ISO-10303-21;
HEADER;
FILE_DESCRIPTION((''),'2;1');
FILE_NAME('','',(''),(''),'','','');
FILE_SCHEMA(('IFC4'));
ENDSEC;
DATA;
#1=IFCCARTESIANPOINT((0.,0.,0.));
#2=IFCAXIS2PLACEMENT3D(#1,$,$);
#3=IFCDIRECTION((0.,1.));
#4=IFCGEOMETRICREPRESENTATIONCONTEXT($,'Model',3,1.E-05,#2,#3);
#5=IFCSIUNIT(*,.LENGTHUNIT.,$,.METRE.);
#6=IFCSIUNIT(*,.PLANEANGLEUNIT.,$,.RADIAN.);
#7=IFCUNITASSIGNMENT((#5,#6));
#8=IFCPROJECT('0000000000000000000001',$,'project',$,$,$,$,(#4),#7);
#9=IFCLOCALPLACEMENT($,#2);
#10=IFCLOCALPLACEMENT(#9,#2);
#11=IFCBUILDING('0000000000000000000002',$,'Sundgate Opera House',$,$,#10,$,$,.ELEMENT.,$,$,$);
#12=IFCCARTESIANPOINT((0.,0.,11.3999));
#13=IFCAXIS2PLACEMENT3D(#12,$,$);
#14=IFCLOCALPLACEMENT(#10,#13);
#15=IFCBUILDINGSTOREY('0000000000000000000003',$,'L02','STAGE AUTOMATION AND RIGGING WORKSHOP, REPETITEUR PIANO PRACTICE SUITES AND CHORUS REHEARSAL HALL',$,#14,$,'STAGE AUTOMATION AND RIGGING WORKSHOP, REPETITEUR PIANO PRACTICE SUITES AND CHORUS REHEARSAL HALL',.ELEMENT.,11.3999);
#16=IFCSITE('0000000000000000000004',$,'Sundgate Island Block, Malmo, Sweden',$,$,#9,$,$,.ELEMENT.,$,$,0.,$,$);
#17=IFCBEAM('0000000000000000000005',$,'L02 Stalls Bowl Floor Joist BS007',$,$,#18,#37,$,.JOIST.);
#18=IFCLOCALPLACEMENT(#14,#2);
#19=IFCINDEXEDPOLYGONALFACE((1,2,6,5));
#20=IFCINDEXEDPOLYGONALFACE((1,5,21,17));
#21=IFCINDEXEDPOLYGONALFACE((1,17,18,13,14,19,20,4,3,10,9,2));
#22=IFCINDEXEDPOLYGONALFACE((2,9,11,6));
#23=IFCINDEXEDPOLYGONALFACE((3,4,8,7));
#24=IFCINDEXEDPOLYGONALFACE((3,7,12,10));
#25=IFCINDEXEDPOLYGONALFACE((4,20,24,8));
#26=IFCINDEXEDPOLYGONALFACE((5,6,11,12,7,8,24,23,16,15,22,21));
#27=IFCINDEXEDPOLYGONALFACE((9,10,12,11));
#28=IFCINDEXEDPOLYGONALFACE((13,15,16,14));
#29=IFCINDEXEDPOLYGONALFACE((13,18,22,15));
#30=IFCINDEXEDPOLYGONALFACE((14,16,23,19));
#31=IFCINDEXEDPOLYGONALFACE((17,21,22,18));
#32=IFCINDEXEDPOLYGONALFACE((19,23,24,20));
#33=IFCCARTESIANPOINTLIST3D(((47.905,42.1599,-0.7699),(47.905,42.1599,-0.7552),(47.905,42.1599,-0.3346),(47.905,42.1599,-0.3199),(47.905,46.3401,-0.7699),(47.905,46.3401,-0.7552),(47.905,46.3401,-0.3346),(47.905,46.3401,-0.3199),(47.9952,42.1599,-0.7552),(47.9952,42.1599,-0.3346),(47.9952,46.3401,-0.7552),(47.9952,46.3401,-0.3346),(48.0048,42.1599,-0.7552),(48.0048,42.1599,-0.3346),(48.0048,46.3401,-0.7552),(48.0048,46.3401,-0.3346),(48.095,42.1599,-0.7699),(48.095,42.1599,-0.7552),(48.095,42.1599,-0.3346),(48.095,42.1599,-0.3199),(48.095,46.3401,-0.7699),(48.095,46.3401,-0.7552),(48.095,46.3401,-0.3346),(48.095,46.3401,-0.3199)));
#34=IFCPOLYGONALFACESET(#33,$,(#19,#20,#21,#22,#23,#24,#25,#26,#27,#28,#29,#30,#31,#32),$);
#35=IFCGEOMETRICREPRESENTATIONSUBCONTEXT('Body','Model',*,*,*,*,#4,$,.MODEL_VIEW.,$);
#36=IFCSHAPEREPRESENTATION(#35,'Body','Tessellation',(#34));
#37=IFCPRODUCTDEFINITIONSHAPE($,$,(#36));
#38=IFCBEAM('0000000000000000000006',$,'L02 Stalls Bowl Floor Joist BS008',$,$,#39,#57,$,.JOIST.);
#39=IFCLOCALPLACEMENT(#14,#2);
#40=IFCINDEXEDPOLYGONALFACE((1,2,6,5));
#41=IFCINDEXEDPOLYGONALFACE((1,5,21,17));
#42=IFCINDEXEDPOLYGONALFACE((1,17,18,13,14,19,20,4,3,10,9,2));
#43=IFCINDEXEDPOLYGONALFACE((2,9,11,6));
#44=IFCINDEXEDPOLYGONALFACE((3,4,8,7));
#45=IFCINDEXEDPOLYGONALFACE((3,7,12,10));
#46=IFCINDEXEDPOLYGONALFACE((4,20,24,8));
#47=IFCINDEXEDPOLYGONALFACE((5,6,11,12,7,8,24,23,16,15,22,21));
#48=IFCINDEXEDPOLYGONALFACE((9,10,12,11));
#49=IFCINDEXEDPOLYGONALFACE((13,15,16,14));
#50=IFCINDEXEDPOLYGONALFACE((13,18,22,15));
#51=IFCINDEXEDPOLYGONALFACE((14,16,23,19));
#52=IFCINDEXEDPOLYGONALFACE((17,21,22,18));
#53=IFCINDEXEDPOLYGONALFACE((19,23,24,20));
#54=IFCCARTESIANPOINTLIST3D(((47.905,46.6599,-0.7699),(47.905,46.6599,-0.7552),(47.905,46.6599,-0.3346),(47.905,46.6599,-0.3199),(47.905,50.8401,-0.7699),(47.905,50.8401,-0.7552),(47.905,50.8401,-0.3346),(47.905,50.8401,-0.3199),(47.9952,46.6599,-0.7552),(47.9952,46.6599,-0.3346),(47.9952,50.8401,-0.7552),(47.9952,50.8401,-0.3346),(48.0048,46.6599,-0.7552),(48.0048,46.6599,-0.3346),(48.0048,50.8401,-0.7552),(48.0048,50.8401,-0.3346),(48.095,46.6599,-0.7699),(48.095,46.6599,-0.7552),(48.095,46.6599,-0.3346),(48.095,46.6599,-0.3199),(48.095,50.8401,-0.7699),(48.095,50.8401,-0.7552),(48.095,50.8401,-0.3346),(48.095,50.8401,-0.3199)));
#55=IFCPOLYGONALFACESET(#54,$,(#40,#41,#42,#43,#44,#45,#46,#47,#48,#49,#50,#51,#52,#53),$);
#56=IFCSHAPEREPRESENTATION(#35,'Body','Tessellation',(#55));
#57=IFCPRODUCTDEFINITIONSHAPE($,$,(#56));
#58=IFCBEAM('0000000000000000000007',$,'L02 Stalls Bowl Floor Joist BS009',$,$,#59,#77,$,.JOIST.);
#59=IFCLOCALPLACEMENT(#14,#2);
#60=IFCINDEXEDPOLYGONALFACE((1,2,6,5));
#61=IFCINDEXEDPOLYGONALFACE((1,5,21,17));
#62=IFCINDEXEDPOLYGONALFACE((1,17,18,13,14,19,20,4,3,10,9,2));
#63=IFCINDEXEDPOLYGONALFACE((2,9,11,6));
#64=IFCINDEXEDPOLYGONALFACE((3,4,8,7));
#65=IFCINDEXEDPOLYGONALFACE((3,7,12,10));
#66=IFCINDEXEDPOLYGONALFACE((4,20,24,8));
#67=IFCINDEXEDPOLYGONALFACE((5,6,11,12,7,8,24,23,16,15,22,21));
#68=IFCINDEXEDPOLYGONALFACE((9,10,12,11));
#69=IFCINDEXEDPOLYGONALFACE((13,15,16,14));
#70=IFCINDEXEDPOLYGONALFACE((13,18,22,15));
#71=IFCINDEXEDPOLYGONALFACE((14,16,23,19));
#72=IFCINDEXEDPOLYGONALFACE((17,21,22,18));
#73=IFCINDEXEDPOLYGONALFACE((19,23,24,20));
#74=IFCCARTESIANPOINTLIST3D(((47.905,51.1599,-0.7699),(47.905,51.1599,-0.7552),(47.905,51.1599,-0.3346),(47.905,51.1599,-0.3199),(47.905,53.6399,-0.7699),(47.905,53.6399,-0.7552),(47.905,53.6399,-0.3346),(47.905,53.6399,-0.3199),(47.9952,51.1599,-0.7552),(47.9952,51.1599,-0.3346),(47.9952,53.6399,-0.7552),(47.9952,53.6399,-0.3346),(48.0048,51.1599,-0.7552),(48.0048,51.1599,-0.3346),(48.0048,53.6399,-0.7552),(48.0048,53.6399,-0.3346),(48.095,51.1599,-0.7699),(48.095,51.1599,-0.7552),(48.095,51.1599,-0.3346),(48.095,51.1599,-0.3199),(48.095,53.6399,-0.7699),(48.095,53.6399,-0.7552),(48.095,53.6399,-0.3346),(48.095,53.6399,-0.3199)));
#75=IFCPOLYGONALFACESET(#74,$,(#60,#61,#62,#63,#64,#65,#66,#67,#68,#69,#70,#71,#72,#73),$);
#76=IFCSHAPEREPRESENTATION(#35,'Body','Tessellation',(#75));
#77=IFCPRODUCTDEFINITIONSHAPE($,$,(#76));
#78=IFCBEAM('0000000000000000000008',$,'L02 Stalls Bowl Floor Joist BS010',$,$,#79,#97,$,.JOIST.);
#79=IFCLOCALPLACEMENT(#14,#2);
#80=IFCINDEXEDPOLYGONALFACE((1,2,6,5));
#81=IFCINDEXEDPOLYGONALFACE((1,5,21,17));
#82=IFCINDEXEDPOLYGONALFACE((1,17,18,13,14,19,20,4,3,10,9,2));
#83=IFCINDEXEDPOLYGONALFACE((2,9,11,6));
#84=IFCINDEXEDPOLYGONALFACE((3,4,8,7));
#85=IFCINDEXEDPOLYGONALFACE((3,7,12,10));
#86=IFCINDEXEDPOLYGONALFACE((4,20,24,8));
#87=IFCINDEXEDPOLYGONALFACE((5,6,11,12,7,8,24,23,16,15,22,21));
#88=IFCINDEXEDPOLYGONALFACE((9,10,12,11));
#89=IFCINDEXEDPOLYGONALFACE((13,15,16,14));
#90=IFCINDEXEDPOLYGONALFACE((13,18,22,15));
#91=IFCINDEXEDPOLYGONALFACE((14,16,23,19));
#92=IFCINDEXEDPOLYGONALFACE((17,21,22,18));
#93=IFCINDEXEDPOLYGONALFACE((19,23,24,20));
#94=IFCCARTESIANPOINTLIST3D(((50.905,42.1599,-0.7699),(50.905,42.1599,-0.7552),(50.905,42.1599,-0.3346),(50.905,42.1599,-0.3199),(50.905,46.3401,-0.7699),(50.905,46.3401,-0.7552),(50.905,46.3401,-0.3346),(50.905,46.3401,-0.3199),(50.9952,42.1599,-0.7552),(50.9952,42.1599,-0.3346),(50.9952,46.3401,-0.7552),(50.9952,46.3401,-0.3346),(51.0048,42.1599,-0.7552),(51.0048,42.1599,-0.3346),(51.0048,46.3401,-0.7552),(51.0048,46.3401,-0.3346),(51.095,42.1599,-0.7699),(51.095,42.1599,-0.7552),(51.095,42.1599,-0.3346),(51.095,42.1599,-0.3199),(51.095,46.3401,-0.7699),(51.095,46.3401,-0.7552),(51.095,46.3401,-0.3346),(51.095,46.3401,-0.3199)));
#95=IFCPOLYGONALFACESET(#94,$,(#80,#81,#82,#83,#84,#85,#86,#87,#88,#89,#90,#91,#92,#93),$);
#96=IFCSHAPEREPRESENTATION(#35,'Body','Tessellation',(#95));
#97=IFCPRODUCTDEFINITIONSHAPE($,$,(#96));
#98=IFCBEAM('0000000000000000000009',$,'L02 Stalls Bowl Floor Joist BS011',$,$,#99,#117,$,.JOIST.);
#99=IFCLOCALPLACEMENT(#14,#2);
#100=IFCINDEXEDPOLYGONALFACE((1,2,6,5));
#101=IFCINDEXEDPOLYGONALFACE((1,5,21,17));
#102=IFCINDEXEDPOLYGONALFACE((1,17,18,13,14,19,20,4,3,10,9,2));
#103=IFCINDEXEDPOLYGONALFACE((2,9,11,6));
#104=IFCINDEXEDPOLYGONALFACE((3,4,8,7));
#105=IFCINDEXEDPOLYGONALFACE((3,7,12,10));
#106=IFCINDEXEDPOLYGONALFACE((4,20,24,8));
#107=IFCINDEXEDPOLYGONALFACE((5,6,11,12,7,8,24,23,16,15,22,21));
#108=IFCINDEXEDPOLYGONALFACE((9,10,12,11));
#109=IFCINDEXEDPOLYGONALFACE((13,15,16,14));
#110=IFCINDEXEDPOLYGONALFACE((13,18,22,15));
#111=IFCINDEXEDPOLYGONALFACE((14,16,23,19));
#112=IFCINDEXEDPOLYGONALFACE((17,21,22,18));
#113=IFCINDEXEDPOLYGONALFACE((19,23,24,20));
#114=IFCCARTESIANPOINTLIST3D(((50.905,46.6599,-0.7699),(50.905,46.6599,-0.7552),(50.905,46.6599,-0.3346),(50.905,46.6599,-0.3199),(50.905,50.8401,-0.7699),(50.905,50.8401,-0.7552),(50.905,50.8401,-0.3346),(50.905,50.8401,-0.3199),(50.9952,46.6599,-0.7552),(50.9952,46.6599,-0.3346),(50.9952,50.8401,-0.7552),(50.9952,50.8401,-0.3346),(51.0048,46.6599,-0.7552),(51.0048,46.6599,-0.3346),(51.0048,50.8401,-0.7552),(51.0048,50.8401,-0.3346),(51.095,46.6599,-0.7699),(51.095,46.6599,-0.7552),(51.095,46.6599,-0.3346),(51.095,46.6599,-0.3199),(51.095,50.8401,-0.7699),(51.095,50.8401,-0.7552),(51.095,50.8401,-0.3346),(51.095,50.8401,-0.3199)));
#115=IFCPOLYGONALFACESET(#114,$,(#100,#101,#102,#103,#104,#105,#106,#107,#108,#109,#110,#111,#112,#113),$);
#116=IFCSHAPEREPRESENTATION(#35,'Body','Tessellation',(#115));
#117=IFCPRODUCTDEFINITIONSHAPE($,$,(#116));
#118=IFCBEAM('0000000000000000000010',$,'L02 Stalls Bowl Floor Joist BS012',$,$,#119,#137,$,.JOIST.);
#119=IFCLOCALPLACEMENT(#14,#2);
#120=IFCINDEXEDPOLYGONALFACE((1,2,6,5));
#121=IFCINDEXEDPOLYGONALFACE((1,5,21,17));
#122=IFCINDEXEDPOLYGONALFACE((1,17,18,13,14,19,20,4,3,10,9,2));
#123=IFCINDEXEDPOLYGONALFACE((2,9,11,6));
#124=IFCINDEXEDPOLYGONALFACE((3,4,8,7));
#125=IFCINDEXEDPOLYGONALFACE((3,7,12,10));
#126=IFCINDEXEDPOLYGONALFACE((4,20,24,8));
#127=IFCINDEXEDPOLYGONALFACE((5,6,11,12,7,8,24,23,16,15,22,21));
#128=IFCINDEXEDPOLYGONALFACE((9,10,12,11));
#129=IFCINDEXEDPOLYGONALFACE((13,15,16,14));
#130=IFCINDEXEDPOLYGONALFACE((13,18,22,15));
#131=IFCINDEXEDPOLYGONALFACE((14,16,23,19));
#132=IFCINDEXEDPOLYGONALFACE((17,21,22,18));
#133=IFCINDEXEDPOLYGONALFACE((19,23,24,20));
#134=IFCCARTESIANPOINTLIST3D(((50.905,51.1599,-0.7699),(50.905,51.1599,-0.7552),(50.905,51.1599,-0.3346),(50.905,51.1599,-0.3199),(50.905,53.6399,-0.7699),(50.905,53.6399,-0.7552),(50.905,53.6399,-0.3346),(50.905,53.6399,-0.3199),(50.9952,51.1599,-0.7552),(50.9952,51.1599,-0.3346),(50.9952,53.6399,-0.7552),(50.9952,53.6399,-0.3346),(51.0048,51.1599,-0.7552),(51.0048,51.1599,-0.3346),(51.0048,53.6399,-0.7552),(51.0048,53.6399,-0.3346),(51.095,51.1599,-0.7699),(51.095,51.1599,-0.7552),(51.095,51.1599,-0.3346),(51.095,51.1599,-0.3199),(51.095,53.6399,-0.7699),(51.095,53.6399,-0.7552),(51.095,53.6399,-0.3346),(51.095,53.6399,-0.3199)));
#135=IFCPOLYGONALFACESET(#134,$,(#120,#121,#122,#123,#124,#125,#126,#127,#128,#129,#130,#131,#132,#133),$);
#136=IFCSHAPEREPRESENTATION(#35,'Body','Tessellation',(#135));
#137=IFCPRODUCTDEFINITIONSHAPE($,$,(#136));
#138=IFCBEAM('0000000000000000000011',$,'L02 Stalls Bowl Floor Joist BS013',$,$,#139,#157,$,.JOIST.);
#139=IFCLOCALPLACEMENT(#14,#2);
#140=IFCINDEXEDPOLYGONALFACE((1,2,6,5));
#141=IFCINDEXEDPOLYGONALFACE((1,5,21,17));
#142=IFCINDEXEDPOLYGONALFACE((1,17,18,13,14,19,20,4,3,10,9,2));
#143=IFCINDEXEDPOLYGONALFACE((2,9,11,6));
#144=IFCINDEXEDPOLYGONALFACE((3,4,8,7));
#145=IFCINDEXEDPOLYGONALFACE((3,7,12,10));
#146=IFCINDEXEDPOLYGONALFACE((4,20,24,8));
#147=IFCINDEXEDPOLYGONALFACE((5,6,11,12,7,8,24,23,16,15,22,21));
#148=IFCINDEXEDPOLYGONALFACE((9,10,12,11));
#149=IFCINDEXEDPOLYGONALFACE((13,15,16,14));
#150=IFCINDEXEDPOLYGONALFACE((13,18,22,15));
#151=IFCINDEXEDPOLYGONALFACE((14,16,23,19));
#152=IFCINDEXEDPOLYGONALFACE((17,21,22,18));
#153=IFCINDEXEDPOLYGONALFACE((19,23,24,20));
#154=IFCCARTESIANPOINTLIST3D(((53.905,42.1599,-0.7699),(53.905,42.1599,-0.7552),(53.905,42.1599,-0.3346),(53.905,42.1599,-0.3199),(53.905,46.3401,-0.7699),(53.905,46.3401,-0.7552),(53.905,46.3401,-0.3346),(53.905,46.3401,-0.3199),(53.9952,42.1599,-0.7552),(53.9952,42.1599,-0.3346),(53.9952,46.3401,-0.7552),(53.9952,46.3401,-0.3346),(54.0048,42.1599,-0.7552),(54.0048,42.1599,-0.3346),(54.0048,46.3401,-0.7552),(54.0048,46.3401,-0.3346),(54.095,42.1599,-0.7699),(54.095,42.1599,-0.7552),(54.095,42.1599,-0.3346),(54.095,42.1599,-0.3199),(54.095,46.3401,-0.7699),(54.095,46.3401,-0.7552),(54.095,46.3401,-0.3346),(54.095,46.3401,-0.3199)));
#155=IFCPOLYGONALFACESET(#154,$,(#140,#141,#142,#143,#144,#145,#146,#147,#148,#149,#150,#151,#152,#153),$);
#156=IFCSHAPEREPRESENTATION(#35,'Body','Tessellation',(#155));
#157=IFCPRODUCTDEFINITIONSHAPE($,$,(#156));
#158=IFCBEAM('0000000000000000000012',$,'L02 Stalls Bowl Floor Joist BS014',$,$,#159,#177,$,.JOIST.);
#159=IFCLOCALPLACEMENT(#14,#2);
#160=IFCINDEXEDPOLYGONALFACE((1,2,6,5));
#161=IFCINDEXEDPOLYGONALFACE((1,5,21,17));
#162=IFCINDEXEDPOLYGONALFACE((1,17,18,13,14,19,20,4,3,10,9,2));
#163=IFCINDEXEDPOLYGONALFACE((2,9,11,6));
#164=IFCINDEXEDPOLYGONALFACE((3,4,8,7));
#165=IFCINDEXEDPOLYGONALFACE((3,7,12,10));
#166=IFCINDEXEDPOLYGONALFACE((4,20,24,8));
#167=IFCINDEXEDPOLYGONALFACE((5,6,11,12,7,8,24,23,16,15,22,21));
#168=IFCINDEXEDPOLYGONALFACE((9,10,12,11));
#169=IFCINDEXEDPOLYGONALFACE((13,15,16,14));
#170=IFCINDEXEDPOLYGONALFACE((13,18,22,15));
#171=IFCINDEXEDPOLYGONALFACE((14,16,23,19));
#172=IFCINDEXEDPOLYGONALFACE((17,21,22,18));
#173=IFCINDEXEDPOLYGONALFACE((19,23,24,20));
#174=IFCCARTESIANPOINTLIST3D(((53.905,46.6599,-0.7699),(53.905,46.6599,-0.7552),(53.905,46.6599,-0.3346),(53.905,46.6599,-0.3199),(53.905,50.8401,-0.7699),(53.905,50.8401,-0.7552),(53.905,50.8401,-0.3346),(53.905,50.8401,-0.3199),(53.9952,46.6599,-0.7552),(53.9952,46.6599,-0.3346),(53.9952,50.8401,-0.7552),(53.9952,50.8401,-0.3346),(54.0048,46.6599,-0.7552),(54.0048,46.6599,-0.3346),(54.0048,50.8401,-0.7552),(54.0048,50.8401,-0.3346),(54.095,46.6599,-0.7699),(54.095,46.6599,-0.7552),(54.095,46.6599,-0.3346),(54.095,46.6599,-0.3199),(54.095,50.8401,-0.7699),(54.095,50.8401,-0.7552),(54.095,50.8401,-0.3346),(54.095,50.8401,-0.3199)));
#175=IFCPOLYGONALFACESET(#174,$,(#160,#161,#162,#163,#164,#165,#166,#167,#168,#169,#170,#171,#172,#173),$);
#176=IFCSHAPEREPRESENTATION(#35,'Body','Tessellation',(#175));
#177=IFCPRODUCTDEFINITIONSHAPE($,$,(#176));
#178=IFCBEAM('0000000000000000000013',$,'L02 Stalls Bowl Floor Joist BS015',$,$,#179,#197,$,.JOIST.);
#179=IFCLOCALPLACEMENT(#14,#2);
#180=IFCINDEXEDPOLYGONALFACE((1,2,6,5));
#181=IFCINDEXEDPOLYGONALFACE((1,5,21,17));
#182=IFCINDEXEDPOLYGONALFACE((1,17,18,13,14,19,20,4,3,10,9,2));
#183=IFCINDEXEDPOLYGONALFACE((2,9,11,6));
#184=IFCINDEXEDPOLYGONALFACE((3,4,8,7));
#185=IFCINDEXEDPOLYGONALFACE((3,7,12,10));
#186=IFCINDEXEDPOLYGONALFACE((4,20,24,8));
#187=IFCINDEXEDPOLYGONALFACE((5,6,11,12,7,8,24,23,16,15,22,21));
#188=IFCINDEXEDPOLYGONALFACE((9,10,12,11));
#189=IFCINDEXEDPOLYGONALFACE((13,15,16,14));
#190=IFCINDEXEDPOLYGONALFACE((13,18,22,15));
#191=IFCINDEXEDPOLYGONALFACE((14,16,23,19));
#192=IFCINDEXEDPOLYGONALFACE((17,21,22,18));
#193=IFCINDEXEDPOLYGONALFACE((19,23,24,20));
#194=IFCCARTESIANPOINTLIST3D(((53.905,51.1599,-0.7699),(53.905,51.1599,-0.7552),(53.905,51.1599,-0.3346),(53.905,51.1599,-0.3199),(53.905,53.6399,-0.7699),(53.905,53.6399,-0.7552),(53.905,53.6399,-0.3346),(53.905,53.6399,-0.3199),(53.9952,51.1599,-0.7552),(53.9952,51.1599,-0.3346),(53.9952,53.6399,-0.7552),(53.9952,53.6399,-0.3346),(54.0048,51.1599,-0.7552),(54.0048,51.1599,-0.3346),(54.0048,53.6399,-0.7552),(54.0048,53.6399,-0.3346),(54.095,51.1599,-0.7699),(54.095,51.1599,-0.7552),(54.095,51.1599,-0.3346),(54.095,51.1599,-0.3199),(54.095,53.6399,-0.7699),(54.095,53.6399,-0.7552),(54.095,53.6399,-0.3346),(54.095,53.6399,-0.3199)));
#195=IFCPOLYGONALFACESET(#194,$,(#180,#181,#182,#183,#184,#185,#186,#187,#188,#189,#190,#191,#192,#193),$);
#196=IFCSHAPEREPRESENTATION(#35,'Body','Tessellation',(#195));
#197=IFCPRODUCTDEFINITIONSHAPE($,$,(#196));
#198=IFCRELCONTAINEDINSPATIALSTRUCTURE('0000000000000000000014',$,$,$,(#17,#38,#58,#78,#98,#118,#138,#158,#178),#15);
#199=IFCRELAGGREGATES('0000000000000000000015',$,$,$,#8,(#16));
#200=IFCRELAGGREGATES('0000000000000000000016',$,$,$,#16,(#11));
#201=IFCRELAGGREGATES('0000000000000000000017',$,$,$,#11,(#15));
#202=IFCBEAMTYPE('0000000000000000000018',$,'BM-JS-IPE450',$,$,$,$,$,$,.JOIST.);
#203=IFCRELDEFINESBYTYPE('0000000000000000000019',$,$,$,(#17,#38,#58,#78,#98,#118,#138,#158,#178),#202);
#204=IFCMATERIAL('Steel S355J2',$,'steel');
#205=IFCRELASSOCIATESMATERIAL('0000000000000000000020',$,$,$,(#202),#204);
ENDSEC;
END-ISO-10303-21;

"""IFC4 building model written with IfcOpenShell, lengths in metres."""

from ifc_helpers import new_model, si_unit, direction, frame, origin, origin_2d, place, context, subcontext, project, spatial, i_section, extrude, material, material_profile, profile_set, type_object, element, save


model = new_model("IFC4")

# Units and contexts
model_context = context("Model", 3, precision=1e-05, world=origin(), true_north=direction((0.0, 1.0)))
body_context = subcontext(model_context, "Body", "Model", "MODEL_VIEW")
ifc_project = project(units=[si_unit("LENGTHUNIT", "METRE"), si_unit("PLANEANGLEUNIT", "RADIAN")], contexts=[model_context])

# Site, building, storey
site_placement = place(None, origin())
site = spatial("IfcSite", under=ifc_project, at=site_placement, Name="Sundgate Island Block, Malmo, Sweden", CompositionType="ELEMENT", RefElevation=0.0)
building_placement = place(site_placement, origin())
building = spatial("IfcBuilding", under=site, at=building_placement, Name="Sundgate Opera House", CompositionType="ELEMENT")
storey_placement = place(building_placement, frame((0.0, 0.0, 11.3999)))
storey = spatial("IfcBuildingStorey", under=building, at=storey_placement, Name="L02", Description="STAGE AUTOMATION AND RIGGING WORKSHOP, REPETITEUR PIANO PRACTICE SUITES AND CHORUS REHEARSAL HALL", LongName="STAGE AUTOMATION AND RIGGING WORKSHOP, REPETITEUR PIANO PRACTICE SUITES AND CHORUS REHEARSAL HALL", CompositionType="ELEMENT", Elevation=11.3999)

# Beams
ifc_material_1 = material(Name="Steel S355J2", Category="steel")
ifc_material_profile_1 = material_profile(ifc_material_1, i_section(OverallWidth=0.1899, OverallDepth=0.45, WebThickness=0.0095, FlangeThickness=0.0146, at=origin_2d()), Name="IPE 450")
ifc_profile_set_1 = profile_set([ifc_material_profile_1], Name="Steel S355J2")
beam_type_1 = type_object("IfcBeamType", Name="BM-JS-IPE450", PredefinedType="JOIST", material=ifc_profile_set_1)
for number, where, z_axis, x_axis, name in (
    (1, (48.0, 42.1599, -0.5449), (0.0, 1.0, 0.0), (-1.0, 0.0, 0.0), "L02 Stalls Bowl Floor Joist BS007"),
    (2, (48.0, 46.6599, -0.5449), (0.0, 1.0, 0.0), (-1.0, 0.0, 0.0), "L02 Stalls Bowl Floor Joist BS008"),
):
    element("IfcBeam", number, at=place(storey_placement, frame(where, z_axis=z_axis, x_axis=x_axis)), inside=storey, type_object=beam_type_1, Name=name, PredefinedType="JOIST", context=body_context, shape_type="SweptSolid", body=[
        extrude(i_section(OverallWidth=0.1899, OverallDepth=0.45, WebThickness=0.0095, FlangeThickness=0.0146, at=origin_2d()), origin(), (0.0, 0.0, 1.0), 4.1802),
    ])
beam_1_placement = place(storey_placement, frame((48.0, 51.1599, -0.5449), z_axis=(0.0, 1.0, 0.0), x_axis=(-1.0, 0.0, 0.0)))
element("IfcBeam", 3, at=beam_1_placement, inside=storey, type_object=beam_type_1, Name="L02 Stalls Bowl Floor Joist BS009", PredefinedType="JOIST", context=body_context, shape_type="SweptSolid", body=[
    extrude(i_section(OverallWidth=0.1899, OverallDepth=0.45, WebThickness=0.0095, FlangeThickness=0.0146, at=origin_2d()), origin(), (0.0, 0.0, 1.0), 2.48),
])
for number, where, z_axis, x_axis, name in (
    (4, (51.0, 42.1599, -0.5449), (0.0, 1.0, 0.0), (-1.0, 0.0, 0.0), "L02 Stalls Bowl Floor Joist BS010"),
    (5, (51.0, 46.6599, -0.5449), (0.0, 1.0, 0.0), (-1.0, 0.0, 0.0), "L02 Stalls Bowl Floor Joist BS011"),
):
    element("IfcBeam", number, at=place(storey_placement, frame(where, z_axis=z_axis, x_axis=x_axis)), inside=storey, type_object=beam_type_1, Name=name, PredefinedType="JOIST", context=body_context, shape_type="SweptSolid", body=[
        extrude(i_section(OverallWidth=0.1899, OverallDepth=0.45, WebThickness=0.0095, FlangeThickness=0.0146, at=origin_2d()), origin(), (0.0, 0.0, 1.0), 4.1802),
    ])
beam_2_placement = place(storey_placement, frame((51.0, 51.1599, -0.5449), z_axis=(0.0, 1.0, 0.0), x_axis=(-1.0, 0.0, 0.0)))
element("IfcBeam", 6, at=beam_2_placement, inside=storey, type_object=beam_type_1, Name="L02 Stalls Bowl Floor Joist BS012", PredefinedType="JOIST", context=body_context, shape_type="SweptSolid", body=[
    extrude(i_section(OverallWidth=0.1899, OverallDepth=0.45, WebThickness=0.0095, FlangeThickness=0.0146, at=origin_2d()), origin(), (0.0, 0.0, 1.0), 2.48),
])
for number, where, z_axis, x_axis, name in (
    (7, (54.0, 42.1599, -0.5449), (0.0, 1.0, 0.0), (-1.0, 0.0, 0.0), "L02 Stalls Bowl Floor Joist BS013"),
    (8, (54.0, 46.6599, -0.5449), (0.0, 1.0, 0.0), (-1.0, 0.0, 0.0), "L02 Stalls Bowl Floor Joist BS014"),
):
    element("IfcBeam", number, at=place(storey_placement, frame(where, z_axis=z_axis, x_axis=x_axis)), inside=storey, type_object=beam_type_1, Name=name, PredefinedType="JOIST", context=body_context, shape_type="SweptSolid", body=[
        extrude(i_section(OverallWidth=0.1899, OverallDepth=0.45, WebThickness=0.0095, FlangeThickness=0.0146, at=origin_2d()), origin(), (0.0, 0.0, 1.0), 4.1802),
    ])
beam_3_placement = place(storey_placement, frame((54.0, 51.1599, -0.5449), z_axis=(0.0, 1.0, 0.0), x_axis=(-1.0, 0.0, 0.0)))
element("IfcBeam", 9, at=beam_3_placement, inside=storey, type_object=beam_type_1, Name="L02 Stalls Bowl Floor Joist BS015", PredefinedType="JOIST", context=body_context, shape_type="SweptSolid", body=[
    extrude(i_section(OverallWidth=0.1899, OverallDepth=0.45, WebThickness=0.0095, FlangeThickness=0.0146, at=origin_2d()), origin(), (0.0, 0.0, 1.0), 2.48),
])

save(model, "model.ifc")
